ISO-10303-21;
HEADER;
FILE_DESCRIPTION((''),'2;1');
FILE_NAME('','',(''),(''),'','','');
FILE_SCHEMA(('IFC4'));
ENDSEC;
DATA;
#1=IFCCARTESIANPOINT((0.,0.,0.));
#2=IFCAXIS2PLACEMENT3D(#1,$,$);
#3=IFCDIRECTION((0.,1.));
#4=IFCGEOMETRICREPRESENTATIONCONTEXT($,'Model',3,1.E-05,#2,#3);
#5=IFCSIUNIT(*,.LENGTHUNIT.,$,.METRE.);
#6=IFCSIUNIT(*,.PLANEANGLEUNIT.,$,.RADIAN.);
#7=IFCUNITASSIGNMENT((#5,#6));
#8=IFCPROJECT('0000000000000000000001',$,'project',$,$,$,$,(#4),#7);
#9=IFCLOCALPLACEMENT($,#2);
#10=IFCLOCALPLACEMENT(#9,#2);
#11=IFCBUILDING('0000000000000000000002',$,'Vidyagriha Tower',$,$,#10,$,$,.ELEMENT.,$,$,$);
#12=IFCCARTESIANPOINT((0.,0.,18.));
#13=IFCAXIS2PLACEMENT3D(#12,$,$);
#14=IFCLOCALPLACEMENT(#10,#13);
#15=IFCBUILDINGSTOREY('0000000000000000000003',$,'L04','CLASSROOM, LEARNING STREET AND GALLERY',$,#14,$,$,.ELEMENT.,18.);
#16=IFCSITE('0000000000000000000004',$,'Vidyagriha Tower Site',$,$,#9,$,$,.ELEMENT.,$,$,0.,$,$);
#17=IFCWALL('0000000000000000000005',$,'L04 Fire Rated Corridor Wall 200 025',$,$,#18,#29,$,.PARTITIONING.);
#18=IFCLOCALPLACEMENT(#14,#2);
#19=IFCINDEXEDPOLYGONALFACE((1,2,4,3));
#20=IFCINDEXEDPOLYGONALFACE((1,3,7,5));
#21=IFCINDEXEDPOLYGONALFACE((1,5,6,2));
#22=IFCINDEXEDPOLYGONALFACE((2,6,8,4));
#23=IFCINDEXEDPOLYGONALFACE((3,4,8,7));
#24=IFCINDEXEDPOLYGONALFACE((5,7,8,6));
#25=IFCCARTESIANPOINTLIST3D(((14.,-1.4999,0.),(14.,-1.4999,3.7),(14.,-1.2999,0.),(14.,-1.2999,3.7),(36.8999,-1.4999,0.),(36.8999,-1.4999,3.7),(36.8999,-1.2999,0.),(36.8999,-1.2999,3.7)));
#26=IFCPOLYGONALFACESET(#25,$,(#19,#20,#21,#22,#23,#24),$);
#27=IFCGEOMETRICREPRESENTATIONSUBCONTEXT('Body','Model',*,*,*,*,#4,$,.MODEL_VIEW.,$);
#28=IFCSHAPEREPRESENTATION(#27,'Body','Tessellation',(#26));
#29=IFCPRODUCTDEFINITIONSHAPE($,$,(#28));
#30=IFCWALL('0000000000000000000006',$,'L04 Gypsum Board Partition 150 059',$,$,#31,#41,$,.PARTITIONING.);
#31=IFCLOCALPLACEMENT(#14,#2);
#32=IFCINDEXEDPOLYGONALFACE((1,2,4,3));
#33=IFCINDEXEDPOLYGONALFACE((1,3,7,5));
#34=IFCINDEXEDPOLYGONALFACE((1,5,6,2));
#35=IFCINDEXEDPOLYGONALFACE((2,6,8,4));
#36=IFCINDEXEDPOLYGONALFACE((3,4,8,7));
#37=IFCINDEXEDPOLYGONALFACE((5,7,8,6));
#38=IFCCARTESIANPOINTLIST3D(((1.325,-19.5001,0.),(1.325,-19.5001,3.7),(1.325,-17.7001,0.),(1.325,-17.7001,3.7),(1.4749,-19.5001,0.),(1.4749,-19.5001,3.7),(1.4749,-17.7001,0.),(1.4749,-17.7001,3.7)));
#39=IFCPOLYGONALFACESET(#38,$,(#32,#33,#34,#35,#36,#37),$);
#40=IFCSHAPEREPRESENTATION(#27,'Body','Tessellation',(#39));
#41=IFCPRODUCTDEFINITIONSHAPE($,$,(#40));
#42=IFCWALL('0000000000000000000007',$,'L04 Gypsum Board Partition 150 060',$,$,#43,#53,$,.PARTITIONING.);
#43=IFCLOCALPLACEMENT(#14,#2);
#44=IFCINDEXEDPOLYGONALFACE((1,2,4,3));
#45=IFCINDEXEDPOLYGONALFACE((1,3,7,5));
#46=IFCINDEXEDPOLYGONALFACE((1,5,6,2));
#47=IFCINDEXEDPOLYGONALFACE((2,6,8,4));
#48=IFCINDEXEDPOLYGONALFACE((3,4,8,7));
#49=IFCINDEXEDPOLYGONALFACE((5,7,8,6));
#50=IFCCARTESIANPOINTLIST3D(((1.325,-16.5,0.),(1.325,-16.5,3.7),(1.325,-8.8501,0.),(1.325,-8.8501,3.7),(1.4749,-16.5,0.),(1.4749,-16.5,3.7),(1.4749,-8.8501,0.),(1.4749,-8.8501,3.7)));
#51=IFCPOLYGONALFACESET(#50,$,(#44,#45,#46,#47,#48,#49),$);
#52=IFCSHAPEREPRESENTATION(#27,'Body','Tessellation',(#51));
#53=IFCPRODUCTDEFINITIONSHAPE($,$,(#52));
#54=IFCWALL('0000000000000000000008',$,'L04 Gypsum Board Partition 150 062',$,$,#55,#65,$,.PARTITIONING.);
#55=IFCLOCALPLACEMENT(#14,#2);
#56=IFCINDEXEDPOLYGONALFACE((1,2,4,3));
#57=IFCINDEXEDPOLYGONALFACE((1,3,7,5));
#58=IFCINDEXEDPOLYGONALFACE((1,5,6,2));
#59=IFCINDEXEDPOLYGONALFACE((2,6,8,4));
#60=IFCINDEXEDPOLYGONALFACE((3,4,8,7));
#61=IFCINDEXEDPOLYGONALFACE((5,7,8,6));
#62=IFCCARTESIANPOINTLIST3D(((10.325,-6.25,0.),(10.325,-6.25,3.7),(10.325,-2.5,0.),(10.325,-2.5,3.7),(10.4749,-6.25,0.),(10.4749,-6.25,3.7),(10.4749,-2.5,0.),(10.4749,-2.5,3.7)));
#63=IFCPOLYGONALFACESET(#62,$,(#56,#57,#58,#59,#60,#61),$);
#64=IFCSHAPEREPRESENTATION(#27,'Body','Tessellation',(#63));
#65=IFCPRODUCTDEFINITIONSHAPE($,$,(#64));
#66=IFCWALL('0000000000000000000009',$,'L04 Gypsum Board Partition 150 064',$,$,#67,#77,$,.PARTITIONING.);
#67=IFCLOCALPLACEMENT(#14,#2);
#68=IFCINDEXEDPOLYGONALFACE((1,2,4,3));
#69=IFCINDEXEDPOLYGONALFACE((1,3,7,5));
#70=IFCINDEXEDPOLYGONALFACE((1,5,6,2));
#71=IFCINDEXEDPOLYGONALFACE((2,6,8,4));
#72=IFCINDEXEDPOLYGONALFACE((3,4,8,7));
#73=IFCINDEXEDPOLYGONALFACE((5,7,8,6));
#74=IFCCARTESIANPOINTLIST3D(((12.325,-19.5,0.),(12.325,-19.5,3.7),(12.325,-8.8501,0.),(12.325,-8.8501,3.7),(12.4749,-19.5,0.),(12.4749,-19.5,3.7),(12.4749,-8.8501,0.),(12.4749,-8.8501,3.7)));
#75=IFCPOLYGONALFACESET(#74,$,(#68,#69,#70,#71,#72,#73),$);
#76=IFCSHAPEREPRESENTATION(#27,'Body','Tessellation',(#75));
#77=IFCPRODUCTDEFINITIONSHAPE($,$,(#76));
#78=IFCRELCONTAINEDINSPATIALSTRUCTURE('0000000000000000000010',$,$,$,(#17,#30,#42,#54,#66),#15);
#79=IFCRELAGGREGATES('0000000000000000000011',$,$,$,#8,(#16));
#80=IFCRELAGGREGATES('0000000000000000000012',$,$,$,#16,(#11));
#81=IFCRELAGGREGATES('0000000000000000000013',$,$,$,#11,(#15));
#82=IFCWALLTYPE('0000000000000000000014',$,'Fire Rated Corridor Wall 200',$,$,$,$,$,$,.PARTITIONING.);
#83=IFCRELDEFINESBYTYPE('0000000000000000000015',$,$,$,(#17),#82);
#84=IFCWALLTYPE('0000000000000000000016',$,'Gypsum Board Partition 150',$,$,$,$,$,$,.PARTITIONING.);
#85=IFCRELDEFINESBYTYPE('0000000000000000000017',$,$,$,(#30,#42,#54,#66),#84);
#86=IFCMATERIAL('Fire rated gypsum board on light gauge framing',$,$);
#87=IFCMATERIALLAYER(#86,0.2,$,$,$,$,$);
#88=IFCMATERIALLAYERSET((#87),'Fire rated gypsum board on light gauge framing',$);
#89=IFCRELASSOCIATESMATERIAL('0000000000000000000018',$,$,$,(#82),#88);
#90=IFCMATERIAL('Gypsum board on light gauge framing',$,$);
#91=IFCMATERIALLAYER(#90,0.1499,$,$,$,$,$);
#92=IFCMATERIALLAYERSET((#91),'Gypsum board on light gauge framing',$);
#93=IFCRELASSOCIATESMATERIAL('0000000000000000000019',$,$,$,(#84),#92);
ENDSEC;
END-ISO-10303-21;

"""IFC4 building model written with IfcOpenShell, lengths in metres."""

from ifc_helpers import new_model, si_unit, direction, frame, frame_2d, origin, place, context, subcontext, project, spatial, rectangle, extrude, material, layer, layer_set, type_object, element, save


model = new_model("IFC4")

# Units and contexts
model_context = context("Model", 3, precision=1e-05, world=origin(), true_north=direction((0.0, 1.0)))
body_context = subcontext(model_context, "Body", "Model", "MODEL_VIEW")
ifc_project = project(units=[si_unit("LENGTHUNIT", "METRE"), si_unit("PLANEANGLEUNIT", "RADIAN")], contexts=[model_context])

# Site, building, storey
site_placement = place(None, origin())
site = spatial("IfcSite", under=ifc_project, at=site_placement, Name="Vidyagriha Tower Site", CompositionType="ELEMENT", RefElevation=0.0)
building_placement = place(site_placement, origin())
building = spatial("IfcBuilding", under=site, at=building_placement, Name="Vidyagriha Tower", CompositionType="ELEMENT")
storey_placement = place(building_placement, frame((0.0, 0.0, 18.0)))
storey = spatial("IfcBuildingStorey", under=building, at=storey_placement, Name="L04", Description="CLASSROOM, LEARNING STREET AND GALLERY", CompositionType="ELEMENT", Elevation=18.0)

# Walls
ifc_material_1 = material(Name="Fire rated gypsum board on light gauge framing")
ifc_layer_1 = layer(ifc_material_1, 0.2)
ifc_layer_set_1 = layer_set([ifc_layer_1], Name="Fire rated gypsum board on light gauge framing")
wall_type_1 = type_object("IfcWallType", Name="Fire Rated Corridor Wall 200", PredefinedType="PARTITIONING", material=ifc_layer_set_1)
wall_1_placement = place(storey_placement, frame((14.0, -1.3999, 0.0)))
element("IfcWall", 1, at=wall_1_placement, inside=storey, type_object=wall_type_1, Name="L04 Fire Rated Corridor Wall 200 025", PredefinedType="PARTITIONING", context=body_context, shape_type="SweptSolid", body=[
    extrude(rectangle(XDim=22.8999, YDim=0.2, at=frame_2d((11.45, 0.0))), origin(), (0.0, 0.0, 1.0), 3.7),
])
ifc_material_2 = material(Name="Gypsum board on light gauge framing")
ifc_layer_2 = layer(ifc_material_2, 0.1499)
ifc_layer_set_2 = layer_set([ifc_layer_2], Name="Gypsum board on light gauge framing")
wall_type_2 = type_object("IfcWallType", Name="Gypsum Board Partition 150", PredefinedType="PARTITIONING", material=ifc_layer_set_2)
wall_2_placement = place(storey_placement, frame((1.3999, -19.5, 0.0), z_axis=(0.0, 0.0, 1.0), x_axis=(0.0, 1.0, 0.0)))
element("IfcWall", 2, at=wall_2_placement, inside=storey, type_object=wall_type_2, Name="L04 Gypsum Board Partition 150 059", PredefinedType="PARTITIONING", context=body_context, shape_type="SweptSolid", body=[
    extrude(rectangle(XDim=1.8, YDim=0.1499, at=frame_2d((0.8999, 0.0))), origin(), (0.0, 0.0, 1.0), 3.7),
])
wall_3_placement = place(storey_placement, frame((1.3999, -16.5, 0.0), z_axis=(0.0, 0.0, 1.0), x_axis=(0.0, 1.0, 0.0)))
element("IfcWall", 3, at=wall_3_placement, inside=storey, type_object=wall_type_2, Name="L04 Gypsum Board Partition 150 060", PredefinedType="PARTITIONING", context=body_context, shape_type="SweptSolid", body=[
    extrude(rectangle(XDim=7.6499, YDim=0.1499, at=frame_2d((3.825, 0.0))), origin(), (0.0, 0.0, 1.0), 3.7),
])
wall_4_placement = place(storey_placement, frame((10.3999, -6.25, 0.0), z_axis=(0.0, 0.0, 1.0), x_axis=(0.0, 1.0, 0.0)))
element("IfcWall", 4, at=wall_4_placement, inside=storey, type_object=wall_type_2, Name="L04 Gypsum Board Partition 150 062", PredefinedType="PARTITIONING", context=body_context, shape_type="SweptSolid", body=[
    extrude(rectangle(XDim=3.75, YDim=0.1499, at=frame_2d((1.875, 0.0))), origin(), (0.0, 0.0, 1.0), 3.7),
])
wall_5_placement = place(storey_placement, frame((12.3999, -19.5, 0.0), z_axis=(0.0, 0.0, 1.0), x_axis=(0.0, 1.0, 0.0)))
element("IfcWall", 5, at=wall_5_placement, inside=storey, type_object=wall_type_2, Name="L04 Gypsum Board Partition 150 064", PredefinedType="PARTITIONING", context=body_context, shape_type="SweptSolid", body=[
    extrude(rectangle(XDim=10.6499, YDim=0.1499, at=frame_2d((5.325, 0.0))), origin(), (0.0, 0.0, 1.0), 3.7),
])

save(model, "model.ifc")
